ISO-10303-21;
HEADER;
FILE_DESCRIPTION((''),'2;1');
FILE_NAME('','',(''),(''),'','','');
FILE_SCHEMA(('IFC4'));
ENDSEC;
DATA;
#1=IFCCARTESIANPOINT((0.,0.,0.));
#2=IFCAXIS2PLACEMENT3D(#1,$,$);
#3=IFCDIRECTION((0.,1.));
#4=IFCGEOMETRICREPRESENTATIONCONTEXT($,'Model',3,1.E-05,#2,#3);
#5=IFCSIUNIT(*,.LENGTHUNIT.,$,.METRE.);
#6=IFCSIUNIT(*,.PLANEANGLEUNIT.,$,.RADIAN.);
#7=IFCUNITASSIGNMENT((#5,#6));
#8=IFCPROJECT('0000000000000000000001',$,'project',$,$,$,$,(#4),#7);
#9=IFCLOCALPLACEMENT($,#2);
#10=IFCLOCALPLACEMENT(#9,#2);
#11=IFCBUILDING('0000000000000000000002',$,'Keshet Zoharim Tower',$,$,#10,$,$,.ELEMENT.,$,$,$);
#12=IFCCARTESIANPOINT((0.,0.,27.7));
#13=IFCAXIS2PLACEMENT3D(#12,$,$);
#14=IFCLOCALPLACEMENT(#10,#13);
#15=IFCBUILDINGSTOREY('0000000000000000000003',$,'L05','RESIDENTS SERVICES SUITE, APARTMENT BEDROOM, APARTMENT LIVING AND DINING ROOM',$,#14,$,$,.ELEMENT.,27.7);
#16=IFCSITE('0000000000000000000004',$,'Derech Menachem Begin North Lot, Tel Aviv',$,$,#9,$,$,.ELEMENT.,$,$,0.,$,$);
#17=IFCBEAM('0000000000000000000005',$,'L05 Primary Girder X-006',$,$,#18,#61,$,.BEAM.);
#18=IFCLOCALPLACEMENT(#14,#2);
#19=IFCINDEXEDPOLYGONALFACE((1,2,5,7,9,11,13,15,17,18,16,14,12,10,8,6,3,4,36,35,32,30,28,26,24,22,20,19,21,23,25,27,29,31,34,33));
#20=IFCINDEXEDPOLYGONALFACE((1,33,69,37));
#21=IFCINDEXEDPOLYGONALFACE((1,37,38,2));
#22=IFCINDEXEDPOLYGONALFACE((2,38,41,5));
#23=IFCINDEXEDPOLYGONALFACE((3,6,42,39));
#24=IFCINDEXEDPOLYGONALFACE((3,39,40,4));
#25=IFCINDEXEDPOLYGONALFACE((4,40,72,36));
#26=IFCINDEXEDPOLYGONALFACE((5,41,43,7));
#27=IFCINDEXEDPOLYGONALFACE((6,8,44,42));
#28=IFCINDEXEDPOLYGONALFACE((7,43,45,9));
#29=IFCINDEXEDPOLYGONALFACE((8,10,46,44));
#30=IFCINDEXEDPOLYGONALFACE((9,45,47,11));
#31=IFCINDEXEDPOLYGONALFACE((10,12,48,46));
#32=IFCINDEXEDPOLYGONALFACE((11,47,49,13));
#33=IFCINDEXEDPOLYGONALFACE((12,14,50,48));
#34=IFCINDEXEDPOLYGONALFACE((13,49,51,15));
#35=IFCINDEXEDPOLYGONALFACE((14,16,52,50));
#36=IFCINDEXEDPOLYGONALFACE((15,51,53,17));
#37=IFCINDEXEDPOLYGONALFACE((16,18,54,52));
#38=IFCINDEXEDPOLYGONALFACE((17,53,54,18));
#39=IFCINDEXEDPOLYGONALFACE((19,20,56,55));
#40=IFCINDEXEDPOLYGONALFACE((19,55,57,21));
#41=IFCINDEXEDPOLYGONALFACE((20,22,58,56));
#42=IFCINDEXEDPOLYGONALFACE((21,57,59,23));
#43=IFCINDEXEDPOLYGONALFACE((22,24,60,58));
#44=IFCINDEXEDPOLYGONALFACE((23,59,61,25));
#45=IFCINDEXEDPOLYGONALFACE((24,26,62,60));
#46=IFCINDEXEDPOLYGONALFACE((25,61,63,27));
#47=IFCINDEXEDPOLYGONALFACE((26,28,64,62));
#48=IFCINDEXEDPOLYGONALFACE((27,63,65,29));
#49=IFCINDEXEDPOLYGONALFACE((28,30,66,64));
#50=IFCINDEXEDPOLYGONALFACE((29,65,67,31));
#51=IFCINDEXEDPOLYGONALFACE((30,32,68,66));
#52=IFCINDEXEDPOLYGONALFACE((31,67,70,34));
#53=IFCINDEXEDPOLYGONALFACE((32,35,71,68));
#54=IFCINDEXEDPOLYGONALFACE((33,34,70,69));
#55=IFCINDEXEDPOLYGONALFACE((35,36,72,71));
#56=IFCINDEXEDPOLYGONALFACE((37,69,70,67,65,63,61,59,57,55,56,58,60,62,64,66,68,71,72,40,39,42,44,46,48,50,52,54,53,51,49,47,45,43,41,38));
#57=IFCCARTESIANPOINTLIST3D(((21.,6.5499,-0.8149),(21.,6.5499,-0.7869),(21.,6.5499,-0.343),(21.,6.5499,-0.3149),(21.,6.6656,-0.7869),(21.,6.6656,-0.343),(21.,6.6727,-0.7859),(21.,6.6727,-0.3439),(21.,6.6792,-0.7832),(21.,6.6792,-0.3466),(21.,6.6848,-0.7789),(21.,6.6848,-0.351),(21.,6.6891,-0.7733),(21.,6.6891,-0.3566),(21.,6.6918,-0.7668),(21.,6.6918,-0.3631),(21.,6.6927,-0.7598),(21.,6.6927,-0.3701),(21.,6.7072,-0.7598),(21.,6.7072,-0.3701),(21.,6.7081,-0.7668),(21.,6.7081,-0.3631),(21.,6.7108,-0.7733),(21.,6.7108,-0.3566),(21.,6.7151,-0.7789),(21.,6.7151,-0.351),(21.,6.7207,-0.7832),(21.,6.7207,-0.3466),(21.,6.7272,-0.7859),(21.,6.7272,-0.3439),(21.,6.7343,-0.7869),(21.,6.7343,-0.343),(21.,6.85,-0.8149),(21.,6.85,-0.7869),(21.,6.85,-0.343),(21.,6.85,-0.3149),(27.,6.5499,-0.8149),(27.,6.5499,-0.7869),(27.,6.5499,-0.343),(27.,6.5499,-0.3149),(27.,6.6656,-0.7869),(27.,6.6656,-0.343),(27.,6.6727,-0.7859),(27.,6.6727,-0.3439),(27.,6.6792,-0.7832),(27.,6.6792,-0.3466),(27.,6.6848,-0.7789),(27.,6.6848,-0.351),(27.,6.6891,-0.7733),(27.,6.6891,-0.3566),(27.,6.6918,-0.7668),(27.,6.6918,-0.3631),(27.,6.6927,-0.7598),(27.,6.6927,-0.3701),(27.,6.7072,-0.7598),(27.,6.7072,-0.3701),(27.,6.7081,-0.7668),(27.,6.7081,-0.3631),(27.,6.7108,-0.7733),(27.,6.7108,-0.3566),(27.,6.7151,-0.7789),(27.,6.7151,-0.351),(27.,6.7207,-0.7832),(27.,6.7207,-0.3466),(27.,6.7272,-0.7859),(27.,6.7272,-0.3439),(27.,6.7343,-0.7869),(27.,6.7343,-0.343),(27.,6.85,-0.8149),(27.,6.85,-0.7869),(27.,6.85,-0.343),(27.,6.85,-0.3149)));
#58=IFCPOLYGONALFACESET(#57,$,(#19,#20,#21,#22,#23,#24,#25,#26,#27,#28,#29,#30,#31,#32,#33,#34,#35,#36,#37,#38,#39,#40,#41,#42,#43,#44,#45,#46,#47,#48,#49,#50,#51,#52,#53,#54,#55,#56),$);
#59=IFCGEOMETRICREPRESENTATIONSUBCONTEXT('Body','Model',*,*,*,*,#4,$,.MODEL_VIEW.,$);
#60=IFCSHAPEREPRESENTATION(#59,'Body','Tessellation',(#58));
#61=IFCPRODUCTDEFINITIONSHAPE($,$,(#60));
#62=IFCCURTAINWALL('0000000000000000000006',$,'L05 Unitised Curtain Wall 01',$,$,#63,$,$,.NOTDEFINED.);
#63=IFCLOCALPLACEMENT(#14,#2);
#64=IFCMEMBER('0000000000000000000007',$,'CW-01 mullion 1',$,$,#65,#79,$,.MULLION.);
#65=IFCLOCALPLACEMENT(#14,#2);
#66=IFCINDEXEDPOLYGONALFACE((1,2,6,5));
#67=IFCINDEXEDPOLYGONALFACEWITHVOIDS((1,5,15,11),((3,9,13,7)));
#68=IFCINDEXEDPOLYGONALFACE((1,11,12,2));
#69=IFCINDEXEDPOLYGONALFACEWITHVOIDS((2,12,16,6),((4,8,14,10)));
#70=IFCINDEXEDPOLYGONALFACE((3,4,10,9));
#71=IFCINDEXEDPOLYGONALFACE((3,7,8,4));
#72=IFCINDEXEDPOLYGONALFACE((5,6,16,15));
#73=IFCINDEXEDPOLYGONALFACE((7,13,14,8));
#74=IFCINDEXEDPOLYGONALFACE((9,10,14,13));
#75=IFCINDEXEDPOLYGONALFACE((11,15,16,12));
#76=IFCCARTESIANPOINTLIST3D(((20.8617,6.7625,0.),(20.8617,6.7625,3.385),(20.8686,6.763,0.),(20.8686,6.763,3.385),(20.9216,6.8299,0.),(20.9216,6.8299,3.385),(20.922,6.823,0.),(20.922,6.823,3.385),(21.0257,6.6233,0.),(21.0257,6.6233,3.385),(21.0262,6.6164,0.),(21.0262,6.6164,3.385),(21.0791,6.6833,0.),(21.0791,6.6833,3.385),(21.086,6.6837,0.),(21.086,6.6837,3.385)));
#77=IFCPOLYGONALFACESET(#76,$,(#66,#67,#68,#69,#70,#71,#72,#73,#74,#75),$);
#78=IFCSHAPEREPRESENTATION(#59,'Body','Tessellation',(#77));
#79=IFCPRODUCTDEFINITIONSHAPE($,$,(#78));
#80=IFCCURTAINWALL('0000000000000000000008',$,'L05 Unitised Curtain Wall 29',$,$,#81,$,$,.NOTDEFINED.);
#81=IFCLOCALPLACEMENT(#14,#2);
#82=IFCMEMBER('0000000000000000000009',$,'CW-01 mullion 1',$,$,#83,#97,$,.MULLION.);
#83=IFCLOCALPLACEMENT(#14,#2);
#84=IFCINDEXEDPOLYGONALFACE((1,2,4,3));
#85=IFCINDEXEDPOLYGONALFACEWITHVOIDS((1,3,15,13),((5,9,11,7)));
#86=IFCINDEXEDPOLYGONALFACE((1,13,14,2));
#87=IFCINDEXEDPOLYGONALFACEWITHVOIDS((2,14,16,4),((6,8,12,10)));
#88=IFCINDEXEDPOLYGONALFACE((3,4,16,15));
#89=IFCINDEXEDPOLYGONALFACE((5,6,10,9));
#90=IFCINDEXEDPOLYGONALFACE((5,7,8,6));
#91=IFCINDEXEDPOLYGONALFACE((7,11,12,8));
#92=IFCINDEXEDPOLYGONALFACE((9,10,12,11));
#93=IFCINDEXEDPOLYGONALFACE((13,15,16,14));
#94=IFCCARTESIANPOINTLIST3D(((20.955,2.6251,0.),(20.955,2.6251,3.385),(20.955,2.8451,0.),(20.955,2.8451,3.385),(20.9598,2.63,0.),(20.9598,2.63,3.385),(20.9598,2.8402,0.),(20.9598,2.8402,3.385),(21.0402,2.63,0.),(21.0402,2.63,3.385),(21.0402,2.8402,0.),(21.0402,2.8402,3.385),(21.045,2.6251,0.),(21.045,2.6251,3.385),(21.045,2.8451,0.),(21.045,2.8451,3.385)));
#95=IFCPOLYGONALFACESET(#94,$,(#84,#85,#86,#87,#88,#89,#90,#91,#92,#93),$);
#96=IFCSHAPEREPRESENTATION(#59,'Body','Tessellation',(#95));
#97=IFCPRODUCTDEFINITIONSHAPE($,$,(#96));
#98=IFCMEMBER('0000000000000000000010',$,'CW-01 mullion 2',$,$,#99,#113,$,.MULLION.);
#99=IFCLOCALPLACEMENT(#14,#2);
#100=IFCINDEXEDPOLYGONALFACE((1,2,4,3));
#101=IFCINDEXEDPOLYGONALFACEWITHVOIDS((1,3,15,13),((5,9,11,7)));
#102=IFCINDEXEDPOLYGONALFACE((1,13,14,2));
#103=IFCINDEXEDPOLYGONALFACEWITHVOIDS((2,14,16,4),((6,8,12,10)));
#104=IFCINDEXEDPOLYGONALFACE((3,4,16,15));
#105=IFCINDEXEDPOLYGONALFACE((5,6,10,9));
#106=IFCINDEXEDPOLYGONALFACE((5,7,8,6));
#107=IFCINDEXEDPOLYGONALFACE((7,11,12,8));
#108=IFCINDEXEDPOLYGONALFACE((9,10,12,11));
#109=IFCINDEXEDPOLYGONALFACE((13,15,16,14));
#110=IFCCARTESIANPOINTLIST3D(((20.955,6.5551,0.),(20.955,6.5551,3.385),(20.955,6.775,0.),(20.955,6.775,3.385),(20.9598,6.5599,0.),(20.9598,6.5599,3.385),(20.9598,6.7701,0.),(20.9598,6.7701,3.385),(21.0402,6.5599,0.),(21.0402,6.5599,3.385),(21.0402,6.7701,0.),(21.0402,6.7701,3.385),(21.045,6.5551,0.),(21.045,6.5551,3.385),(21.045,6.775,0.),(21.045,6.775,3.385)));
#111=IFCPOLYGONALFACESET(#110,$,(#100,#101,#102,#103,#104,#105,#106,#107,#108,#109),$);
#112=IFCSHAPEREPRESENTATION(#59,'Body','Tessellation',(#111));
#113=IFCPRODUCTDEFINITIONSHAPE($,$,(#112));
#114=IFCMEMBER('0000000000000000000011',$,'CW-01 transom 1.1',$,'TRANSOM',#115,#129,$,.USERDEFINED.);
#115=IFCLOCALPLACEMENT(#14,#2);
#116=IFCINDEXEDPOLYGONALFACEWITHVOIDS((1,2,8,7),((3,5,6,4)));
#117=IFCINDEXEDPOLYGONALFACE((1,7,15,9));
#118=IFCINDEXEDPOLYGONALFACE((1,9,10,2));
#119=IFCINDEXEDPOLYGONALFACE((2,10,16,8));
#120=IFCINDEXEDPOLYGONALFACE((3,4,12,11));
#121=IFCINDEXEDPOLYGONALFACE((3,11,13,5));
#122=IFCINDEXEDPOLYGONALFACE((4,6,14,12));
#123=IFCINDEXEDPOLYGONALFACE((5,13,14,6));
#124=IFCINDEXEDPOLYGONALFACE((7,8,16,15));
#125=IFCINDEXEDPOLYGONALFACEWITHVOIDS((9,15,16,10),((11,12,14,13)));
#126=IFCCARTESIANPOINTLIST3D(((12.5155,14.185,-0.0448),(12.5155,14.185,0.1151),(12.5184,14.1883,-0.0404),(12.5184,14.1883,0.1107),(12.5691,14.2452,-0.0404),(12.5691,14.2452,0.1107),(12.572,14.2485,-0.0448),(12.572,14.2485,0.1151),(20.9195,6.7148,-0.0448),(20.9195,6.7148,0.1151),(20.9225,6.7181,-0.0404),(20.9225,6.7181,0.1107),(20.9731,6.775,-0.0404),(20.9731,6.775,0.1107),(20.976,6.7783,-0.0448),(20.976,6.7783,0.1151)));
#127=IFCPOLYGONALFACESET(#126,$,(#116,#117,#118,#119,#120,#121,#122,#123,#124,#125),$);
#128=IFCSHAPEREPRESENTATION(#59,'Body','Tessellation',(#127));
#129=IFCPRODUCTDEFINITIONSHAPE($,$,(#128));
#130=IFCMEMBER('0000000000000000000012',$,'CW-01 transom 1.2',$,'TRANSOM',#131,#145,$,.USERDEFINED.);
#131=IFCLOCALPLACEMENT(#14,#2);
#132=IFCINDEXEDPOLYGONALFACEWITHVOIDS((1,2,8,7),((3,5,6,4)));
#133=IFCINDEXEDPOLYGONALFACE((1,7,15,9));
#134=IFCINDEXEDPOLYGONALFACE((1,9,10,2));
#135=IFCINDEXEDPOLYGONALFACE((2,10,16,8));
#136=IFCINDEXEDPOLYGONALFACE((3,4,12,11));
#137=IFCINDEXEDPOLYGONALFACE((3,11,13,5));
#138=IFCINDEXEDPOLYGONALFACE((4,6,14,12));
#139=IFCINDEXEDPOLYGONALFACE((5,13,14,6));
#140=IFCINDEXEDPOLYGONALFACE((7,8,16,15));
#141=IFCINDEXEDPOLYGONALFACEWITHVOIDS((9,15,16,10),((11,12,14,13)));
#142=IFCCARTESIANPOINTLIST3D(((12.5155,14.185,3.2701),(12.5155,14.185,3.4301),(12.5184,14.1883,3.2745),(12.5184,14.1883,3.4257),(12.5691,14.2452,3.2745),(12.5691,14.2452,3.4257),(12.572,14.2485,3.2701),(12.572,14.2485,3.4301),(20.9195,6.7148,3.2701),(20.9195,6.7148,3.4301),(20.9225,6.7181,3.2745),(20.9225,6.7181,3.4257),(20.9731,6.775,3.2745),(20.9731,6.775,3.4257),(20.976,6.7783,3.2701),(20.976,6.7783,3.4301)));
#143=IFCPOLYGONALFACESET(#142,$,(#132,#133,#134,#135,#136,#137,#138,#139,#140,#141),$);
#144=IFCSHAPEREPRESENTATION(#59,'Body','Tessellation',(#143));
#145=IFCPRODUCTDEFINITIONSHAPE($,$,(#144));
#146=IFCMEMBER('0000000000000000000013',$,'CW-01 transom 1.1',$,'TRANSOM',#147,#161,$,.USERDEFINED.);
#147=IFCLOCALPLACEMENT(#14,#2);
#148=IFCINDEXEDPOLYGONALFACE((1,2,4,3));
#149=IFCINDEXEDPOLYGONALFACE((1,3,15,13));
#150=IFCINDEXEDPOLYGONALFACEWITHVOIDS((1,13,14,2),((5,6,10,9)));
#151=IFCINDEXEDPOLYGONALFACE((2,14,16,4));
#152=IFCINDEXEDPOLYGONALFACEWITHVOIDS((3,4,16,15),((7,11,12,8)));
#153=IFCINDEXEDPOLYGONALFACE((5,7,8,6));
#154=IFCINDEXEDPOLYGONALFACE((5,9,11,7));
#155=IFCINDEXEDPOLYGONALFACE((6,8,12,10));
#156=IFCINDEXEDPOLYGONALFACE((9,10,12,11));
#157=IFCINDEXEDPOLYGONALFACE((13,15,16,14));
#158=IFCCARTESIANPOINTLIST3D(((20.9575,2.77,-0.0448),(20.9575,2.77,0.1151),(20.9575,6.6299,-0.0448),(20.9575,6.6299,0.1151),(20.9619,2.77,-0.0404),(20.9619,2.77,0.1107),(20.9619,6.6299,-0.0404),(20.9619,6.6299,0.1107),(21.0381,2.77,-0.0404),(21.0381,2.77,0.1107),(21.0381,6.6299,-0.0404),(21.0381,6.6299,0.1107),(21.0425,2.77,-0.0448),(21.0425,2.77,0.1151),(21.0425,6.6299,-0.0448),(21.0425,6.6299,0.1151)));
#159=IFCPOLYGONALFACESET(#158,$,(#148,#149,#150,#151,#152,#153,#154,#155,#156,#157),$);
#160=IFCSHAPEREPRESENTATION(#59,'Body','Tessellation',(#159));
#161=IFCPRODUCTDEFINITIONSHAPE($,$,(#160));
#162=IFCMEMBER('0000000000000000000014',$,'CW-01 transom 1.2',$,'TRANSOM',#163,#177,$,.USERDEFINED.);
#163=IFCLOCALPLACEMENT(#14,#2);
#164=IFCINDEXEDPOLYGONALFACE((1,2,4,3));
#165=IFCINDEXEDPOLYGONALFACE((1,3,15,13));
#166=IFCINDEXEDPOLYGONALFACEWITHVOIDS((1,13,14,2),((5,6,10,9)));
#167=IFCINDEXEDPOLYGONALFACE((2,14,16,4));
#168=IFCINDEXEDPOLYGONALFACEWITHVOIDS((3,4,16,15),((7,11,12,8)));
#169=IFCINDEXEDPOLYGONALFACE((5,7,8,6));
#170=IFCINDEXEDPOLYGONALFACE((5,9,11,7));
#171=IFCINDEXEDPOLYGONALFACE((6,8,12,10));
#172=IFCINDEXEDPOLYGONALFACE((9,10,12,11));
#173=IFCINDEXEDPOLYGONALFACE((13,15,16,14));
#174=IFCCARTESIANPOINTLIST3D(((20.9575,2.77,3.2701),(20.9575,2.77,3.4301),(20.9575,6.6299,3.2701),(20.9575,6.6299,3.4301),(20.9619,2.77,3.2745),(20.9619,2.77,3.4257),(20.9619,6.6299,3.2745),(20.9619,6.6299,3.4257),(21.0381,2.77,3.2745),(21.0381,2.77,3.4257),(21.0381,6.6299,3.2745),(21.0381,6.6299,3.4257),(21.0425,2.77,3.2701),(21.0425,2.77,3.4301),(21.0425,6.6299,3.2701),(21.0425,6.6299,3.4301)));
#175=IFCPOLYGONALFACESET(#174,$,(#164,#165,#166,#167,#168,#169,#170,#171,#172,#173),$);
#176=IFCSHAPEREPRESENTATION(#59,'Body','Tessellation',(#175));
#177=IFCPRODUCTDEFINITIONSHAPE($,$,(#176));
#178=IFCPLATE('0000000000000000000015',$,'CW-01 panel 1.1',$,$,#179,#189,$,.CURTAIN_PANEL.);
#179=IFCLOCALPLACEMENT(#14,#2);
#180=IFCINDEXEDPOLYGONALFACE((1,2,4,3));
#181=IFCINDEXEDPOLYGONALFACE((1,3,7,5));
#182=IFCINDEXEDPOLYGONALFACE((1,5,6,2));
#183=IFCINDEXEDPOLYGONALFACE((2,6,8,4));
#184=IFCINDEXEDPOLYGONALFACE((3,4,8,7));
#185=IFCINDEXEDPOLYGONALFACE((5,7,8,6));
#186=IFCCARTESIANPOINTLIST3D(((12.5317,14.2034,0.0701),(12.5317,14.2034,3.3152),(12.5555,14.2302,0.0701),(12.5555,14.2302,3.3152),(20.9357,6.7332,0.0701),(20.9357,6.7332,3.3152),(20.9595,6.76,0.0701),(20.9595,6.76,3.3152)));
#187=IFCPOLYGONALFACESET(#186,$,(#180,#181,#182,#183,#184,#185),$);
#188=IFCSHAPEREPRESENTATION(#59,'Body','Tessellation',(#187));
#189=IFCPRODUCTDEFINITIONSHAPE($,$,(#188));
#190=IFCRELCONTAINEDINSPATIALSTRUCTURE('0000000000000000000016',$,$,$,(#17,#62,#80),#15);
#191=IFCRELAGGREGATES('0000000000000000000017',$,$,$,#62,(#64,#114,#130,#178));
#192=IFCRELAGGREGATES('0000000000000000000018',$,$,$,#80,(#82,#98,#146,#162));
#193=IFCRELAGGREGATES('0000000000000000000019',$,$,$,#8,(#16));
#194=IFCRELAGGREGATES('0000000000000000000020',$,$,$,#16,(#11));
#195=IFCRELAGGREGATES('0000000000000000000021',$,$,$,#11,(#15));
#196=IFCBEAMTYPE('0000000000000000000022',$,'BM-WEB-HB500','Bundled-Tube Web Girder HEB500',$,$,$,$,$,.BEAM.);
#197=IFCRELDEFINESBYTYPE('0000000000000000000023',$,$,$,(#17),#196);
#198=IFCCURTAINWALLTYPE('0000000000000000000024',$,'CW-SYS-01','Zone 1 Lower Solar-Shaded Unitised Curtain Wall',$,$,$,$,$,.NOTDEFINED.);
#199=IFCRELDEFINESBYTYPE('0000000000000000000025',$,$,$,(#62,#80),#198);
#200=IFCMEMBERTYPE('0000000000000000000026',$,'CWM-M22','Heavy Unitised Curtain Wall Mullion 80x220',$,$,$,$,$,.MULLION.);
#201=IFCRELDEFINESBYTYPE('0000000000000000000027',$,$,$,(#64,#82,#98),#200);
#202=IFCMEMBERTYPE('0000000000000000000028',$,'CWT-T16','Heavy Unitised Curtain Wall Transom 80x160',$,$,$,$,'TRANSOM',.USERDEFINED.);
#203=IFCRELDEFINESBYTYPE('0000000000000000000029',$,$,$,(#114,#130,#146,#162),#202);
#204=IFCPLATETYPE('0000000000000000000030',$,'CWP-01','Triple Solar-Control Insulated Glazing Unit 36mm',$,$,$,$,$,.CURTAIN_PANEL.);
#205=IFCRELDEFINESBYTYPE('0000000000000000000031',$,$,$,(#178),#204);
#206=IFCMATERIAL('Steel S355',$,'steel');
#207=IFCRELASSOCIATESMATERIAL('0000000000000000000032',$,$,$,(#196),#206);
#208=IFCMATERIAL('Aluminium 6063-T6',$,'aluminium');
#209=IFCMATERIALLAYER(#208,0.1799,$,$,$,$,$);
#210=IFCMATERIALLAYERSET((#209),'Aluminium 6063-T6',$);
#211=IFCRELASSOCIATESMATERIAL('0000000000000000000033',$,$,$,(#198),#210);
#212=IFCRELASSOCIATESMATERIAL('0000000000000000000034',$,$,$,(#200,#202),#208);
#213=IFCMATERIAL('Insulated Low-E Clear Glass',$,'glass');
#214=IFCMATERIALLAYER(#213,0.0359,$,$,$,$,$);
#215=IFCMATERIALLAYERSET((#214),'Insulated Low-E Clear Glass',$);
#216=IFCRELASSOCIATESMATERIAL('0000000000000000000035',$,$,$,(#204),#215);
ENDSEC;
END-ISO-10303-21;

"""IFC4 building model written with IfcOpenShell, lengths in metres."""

from ifc_helpers import new_model, si_unit, direction, frame, origin, origin_2d, place, context, subcontext, project, spatial, rectangle, hollow_rectangle, i_section, extrude, material, layer, layer_set, material_profile, profile_set, type_object, element, aggregate, save


model = new_model("IFC4")

# Units and contexts
model_context = context("Model", 3, precision=1e-05, world=origin(), true_north=direction((0.0, 1.0)))
body_context = subcontext(model_context, "Body", "Model", "MODEL_VIEW")
ifc_project = project(units=[si_unit("LENGTHUNIT", "METRE"), si_unit("PLANEANGLEUNIT", "RADIAN")], contexts=[model_context])

# Site, building, storey
site_placement = place(None, origin())
site = spatial("IfcSite", under=ifc_project, at=site_placement, Name="Derech Menachem Begin North Lot, Tel Aviv", CompositionType="ELEMENT", RefElevation=0.0)
building_placement = place(site_placement, origin())
building = spatial("IfcBuilding", under=site, at=building_placement, Name="Keshet Zoharim Tower", CompositionType="ELEMENT")
storey_placement = place(building_placement, frame((0.0, 0.0, 27.7)))
storey = spatial("IfcBuildingStorey", under=building, at=storey_placement, Name="L05", Description="RESIDENTS SERVICES SUITE, APARTMENT BEDROOM, APARTMENT LIVING AND DINING ROOM", CompositionType="ELEMENT", Elevation=27.7)

# Shared definitions
ifc_material_1 = material(Name="Steel S355", Category="steel")

# Beam
ifc_material_profile_1 = material_profile(ifc_material_1, i_section(OverallWidth=0.3, OverallDepth=0.5, WebThickness=0.0144, FlangeThickness=0.0281, FilletRadius=0.0271, at=origin_2d()), Name="HEB500")
ifc_profile_set_1 = profile_set([ifc_material_profile_1], Name="Steel S355")
beam_type_1 = type_object("IfcBeamType", Name="BM-WEB-HB500", Description="Bundled-Tube Web Girder HEB500", PredefinedType="BEAM", material=ifc_profile_set_1)
beam_1_placement = place(storey_placement, frame((21.0, 6.7, -0.5649), z_axis=(1.0, 0.0, 0.0), x_axis=(0.0, 1.0, 0.0)))
element("IfcBeam", 1, at=beam_1_placement, inside=storey, type_object=beam_type_1, Name="L05 Primary Girder X-006", PredefinedType="BEAM", context=body_context, shape_type="SweptSolid", body=[
    extrude(i_section(OverallWidth=0.3, OverallDepth=0.5, WebThickness=0.0144, FlangeThickness=0.0281, FilletRadius=0.0271, at=origin_2d()), origin(), (0.0, 0.0, 1.0), 6.0),
])

# Curtain wall, member
ifc_material_2 = material(Name="Aluminium 6063-T6", Category="aluminium")
ifc_layer_1 = layer(ifc_material_2, 0.1799)
ifc_layer_set_1 = layer_set([ifc_layer_1], Name="Aluminium 6063-T6")
curtain_wall_type = type_object("IfcCurtainWallType", Name="CW-SYS-01", Description="Zone 1 Lower Solar-Shaded Unitised Curtain Wall", PredefinedType="NOTDEFINED", material=ifc_layer_set_1)
curtain_wall_1_placement = place(storey_placement, origin())
curtain_wall_1 = element("IfcCurtainWall", 2, at=curtain_wall_1_placement, inside=storey, type_object=curtain_wall_type, Name="L05 Unitised Curtain Wall 01", PredefinedType="NOTDEFINED")
ifc_material_profile_2 = material_profile(ifc_material_2, hollow_rectangle(XDim=0.0901, YDim=0.22, WallThickness=0.0049, at=origin_2d()), Name="MUL-90x220")
ifc_profile_set_2 = profile_set([ifc_material_profile_2], Name="Aluminium 6063-T6")
member_type_1 = type_object("IfcMemberType", Name="CWM-M22", Description="Heavy Unitised Curtain Wall Mullion 80x220", PredefinedType="MULLION", material=ifc_profile_set_2)
member_1_placement = place(storey_placement, frame((20.9739, 6.7231, 0.0), z_axis=(0.0, 0.0, 1.0), x_axis=(-0.664364, -0.747409, 0.0)))
member_1 = element("IfcMember", 3, at=member_1_placement, type_object=member_type_1, Name="CW-01 mullion 1", PredefinedType="MULLION", context=body_context, shape_type="SweptSolid", body=[
    extrude(hollow_rectangle(XDim=0.0901, YDim=0.22, WallThickness=0.0049, at=origin_2d()), origin(), (0.0, 0.0, 1.0), 3.385),
])

# Curtain wall, members
curtain_wall_2_placement = place(storey_placement, origin())
curtain_wall_2 = element("IfcCurtainWall", 4, at=curtain_wall_2_placement, inside=storey, type_object=curtain_wall_type, Name="L05 Unitised Curtain Wall 29", PredefinedType="NOTDEFINED")
member_2_placement = place(storey_placement, frame((21.0, 2.7351, 0.0), z_axis=(0.0, 0.0, 1.0), x_axis=(-1.0, 0.0, 0.0)))
member_2 = element("IfcMember", 5, at=member_2_placement, type_object=member_type_1, Name="CW-01 mullion 1", PredefinedType="MULLION", context=body_context, shape_type="SweptSolid", body=[
    extrude(hollow_rectangle(XDim=0.0901, YDim=0.22, WallThickness=0.0049, at=origin_2d()), origin(), (0.0, 0.0, 1.0), 3.385),
])
member_3_placement = place(storey_placement, frame((21.0, 6.665, 0.0), z_axis=(0.0, 0.0, 1.0), x_axis=(-1.0, 0.0, 0.0)))
member_3 = element("IfcMember", 6, at=member_3_placement, type_object=member_type_1, Name="CW-01 mullion 2", PredefinedType="MULLION", context=body_context, shape_type="SweptSolid", body=[
    extrude(hollow_rectangle(XDim=0.0901, YDim=0.22, WallThickness=0.0049, at=origin_2d()), origin(), (0.0, 0.0, 1.0), 3.385),
])

# Members
ifc_material_profile_3 = material_profile(ifc_material_2, hollow_rectangle(XDim=0.085, YDim=0.1599, WallThickness=0.0044, at=origin_2d()), Name="TRN-85x160")
ifc_profile_set_3 = profile_set([ifc_material_profile_3], Name="Aluminium 6063-T6")
member_type_2 = type_object("IfcMemberType", Name="CWT-T16", Description="Heavy Unitised Curtain Wall Transom 80x160", ElementType="TRANSOM", PredefinedType="USERDEFINED", material=ifc_profile_set_3)
member_4_placement = place(storey_placement, frame((20.9478, 6.7466, 0.0352), z_axis=(-0.747412, 0.664361, 0.0), x_axis=(-0.664361, -0.747412, 0.0)))
member_4 = element("IfcMember", 7, at=member_4_placement, type_object=member_type_2, Name="CW-01 transom 1.1", ObjectType="TRANSOM", PredefinedType="USERDEFINED", context=body_context, shape_type="SweptSolid", body=[
    extrude(hollow_rectangle(XDim=0.085, YDim=0.1599, WallThickness=0.0044, at=origin_2d()), origin(), (0.0, 0.0, 1.0), 11.2441),
])
member_5_placement = place(storey_placement, frame((20.9478, 6.7466, 3.3501), z_axis=(-0.747412, 0.664361, 0.0), x_axis=(-0.664361, -0.747412, 0.0)))
member_5 = element("IfcMember", 8, at=member_5_placement, type_object=member_type_2, Name="CW-01 transom 1.2", ObjectType="TRANSOM", PredefinedType="USERDEFINED", context=body_context, shape_type="SweptSolid", body=[
    extrude(hollow_rectangle(XDim=0.085, YDim=0.1599, WallThickness=0.0044, at=origin_2d()), origin(), (0.0, 0.0, 1.0), 11.2441),
])
member_6_placement = place(storey_placement, frame((21.0, 2.77, 0.0352), z_axis=(0.0, 1.0, 0.0), x_axis=(-1.0, 0.0, 0.0)))
member_6 = element("IfcMember", 9, at=member_6_placement, type_object=member_type_2, Name="CW-01 transom 1.1", ObjectType="TRANSOM", PredefinedType="USERDEFINED", context=body_context, shape_type="SweptSolid", body=[
    extrude(hollow_rectangle(XDim=0.085, YDim=0.1599, WallThickness=0.0044, at=origin_2d()), origin(), (0.0, 0.0, 1.0), 3.8599),
])
member_7_placement = place(storey_placement, frame((21.0, 2.77, 3.3501), z_axis=(0.0, 1.0, 0.0), x_axis=(-1.0, 0.0, 0.0)))
member_7 = element("IfcMember", 10, at=member_7_placement, type_object=member_type_2, Name="CW-01 transom 1.2", ObjectType="TRANSOM", PredefinedType="USERDEFINED", context=body_context, shape_type="SweptSolid", body=[
    extrude(hollow_rectangle(XDim=0.085, YDim=0.1599, WallThickness=0.0044, at=origin_2d()), origin(), (0.0, 0.0, 1.0), 3.8599),
])

# Plate
ifc_material_3 = material(Name="Insulated Low-E Clear Glass", Category="glass")
ifc_layer_2 = layer(ifc_material_3, 0.0359)
ifc_layer_set_2 = layer_set([ifc_layer_2], Name="Insulated Low-E Clear Glass")
plate_type = type_object("IfcPlateType", Name="CWP-01", Description="Triple Solar-Control Insulated Glazing Unit 36mm", PredefinedType="CURTAIN_PANEL", material=ifc_layer_set_2)
plate_1_placement = place(storey_placement, frame((16.7456, 10.4817, 0.0701), z_axis=(0.0, 0.0, 1.0), x_axis=(-0.747409, 0.664364, 0.0)))
plate_1 = element("IfcPlate", 11, at=plate_1_placement, type_object=plate_type, Name="CW-01 panel 1.1", PredefinedType="CURTAIN_PANEL", context=body_context, shape_type="SweptSolid", body=[
    extrude(rectangle(XDim=11.2441, YDim=0.0359, at=origin_2d()), origin(), (0.0, 0.0, 1.0), 3.2451),
])
aggregate(curtain_wall_1, [member_1, member_4, member_5, plate_1])
aggregate(curtain_wall_2, [member_2, member_3, member_6, member_7])

save(model, "model.ifc")
